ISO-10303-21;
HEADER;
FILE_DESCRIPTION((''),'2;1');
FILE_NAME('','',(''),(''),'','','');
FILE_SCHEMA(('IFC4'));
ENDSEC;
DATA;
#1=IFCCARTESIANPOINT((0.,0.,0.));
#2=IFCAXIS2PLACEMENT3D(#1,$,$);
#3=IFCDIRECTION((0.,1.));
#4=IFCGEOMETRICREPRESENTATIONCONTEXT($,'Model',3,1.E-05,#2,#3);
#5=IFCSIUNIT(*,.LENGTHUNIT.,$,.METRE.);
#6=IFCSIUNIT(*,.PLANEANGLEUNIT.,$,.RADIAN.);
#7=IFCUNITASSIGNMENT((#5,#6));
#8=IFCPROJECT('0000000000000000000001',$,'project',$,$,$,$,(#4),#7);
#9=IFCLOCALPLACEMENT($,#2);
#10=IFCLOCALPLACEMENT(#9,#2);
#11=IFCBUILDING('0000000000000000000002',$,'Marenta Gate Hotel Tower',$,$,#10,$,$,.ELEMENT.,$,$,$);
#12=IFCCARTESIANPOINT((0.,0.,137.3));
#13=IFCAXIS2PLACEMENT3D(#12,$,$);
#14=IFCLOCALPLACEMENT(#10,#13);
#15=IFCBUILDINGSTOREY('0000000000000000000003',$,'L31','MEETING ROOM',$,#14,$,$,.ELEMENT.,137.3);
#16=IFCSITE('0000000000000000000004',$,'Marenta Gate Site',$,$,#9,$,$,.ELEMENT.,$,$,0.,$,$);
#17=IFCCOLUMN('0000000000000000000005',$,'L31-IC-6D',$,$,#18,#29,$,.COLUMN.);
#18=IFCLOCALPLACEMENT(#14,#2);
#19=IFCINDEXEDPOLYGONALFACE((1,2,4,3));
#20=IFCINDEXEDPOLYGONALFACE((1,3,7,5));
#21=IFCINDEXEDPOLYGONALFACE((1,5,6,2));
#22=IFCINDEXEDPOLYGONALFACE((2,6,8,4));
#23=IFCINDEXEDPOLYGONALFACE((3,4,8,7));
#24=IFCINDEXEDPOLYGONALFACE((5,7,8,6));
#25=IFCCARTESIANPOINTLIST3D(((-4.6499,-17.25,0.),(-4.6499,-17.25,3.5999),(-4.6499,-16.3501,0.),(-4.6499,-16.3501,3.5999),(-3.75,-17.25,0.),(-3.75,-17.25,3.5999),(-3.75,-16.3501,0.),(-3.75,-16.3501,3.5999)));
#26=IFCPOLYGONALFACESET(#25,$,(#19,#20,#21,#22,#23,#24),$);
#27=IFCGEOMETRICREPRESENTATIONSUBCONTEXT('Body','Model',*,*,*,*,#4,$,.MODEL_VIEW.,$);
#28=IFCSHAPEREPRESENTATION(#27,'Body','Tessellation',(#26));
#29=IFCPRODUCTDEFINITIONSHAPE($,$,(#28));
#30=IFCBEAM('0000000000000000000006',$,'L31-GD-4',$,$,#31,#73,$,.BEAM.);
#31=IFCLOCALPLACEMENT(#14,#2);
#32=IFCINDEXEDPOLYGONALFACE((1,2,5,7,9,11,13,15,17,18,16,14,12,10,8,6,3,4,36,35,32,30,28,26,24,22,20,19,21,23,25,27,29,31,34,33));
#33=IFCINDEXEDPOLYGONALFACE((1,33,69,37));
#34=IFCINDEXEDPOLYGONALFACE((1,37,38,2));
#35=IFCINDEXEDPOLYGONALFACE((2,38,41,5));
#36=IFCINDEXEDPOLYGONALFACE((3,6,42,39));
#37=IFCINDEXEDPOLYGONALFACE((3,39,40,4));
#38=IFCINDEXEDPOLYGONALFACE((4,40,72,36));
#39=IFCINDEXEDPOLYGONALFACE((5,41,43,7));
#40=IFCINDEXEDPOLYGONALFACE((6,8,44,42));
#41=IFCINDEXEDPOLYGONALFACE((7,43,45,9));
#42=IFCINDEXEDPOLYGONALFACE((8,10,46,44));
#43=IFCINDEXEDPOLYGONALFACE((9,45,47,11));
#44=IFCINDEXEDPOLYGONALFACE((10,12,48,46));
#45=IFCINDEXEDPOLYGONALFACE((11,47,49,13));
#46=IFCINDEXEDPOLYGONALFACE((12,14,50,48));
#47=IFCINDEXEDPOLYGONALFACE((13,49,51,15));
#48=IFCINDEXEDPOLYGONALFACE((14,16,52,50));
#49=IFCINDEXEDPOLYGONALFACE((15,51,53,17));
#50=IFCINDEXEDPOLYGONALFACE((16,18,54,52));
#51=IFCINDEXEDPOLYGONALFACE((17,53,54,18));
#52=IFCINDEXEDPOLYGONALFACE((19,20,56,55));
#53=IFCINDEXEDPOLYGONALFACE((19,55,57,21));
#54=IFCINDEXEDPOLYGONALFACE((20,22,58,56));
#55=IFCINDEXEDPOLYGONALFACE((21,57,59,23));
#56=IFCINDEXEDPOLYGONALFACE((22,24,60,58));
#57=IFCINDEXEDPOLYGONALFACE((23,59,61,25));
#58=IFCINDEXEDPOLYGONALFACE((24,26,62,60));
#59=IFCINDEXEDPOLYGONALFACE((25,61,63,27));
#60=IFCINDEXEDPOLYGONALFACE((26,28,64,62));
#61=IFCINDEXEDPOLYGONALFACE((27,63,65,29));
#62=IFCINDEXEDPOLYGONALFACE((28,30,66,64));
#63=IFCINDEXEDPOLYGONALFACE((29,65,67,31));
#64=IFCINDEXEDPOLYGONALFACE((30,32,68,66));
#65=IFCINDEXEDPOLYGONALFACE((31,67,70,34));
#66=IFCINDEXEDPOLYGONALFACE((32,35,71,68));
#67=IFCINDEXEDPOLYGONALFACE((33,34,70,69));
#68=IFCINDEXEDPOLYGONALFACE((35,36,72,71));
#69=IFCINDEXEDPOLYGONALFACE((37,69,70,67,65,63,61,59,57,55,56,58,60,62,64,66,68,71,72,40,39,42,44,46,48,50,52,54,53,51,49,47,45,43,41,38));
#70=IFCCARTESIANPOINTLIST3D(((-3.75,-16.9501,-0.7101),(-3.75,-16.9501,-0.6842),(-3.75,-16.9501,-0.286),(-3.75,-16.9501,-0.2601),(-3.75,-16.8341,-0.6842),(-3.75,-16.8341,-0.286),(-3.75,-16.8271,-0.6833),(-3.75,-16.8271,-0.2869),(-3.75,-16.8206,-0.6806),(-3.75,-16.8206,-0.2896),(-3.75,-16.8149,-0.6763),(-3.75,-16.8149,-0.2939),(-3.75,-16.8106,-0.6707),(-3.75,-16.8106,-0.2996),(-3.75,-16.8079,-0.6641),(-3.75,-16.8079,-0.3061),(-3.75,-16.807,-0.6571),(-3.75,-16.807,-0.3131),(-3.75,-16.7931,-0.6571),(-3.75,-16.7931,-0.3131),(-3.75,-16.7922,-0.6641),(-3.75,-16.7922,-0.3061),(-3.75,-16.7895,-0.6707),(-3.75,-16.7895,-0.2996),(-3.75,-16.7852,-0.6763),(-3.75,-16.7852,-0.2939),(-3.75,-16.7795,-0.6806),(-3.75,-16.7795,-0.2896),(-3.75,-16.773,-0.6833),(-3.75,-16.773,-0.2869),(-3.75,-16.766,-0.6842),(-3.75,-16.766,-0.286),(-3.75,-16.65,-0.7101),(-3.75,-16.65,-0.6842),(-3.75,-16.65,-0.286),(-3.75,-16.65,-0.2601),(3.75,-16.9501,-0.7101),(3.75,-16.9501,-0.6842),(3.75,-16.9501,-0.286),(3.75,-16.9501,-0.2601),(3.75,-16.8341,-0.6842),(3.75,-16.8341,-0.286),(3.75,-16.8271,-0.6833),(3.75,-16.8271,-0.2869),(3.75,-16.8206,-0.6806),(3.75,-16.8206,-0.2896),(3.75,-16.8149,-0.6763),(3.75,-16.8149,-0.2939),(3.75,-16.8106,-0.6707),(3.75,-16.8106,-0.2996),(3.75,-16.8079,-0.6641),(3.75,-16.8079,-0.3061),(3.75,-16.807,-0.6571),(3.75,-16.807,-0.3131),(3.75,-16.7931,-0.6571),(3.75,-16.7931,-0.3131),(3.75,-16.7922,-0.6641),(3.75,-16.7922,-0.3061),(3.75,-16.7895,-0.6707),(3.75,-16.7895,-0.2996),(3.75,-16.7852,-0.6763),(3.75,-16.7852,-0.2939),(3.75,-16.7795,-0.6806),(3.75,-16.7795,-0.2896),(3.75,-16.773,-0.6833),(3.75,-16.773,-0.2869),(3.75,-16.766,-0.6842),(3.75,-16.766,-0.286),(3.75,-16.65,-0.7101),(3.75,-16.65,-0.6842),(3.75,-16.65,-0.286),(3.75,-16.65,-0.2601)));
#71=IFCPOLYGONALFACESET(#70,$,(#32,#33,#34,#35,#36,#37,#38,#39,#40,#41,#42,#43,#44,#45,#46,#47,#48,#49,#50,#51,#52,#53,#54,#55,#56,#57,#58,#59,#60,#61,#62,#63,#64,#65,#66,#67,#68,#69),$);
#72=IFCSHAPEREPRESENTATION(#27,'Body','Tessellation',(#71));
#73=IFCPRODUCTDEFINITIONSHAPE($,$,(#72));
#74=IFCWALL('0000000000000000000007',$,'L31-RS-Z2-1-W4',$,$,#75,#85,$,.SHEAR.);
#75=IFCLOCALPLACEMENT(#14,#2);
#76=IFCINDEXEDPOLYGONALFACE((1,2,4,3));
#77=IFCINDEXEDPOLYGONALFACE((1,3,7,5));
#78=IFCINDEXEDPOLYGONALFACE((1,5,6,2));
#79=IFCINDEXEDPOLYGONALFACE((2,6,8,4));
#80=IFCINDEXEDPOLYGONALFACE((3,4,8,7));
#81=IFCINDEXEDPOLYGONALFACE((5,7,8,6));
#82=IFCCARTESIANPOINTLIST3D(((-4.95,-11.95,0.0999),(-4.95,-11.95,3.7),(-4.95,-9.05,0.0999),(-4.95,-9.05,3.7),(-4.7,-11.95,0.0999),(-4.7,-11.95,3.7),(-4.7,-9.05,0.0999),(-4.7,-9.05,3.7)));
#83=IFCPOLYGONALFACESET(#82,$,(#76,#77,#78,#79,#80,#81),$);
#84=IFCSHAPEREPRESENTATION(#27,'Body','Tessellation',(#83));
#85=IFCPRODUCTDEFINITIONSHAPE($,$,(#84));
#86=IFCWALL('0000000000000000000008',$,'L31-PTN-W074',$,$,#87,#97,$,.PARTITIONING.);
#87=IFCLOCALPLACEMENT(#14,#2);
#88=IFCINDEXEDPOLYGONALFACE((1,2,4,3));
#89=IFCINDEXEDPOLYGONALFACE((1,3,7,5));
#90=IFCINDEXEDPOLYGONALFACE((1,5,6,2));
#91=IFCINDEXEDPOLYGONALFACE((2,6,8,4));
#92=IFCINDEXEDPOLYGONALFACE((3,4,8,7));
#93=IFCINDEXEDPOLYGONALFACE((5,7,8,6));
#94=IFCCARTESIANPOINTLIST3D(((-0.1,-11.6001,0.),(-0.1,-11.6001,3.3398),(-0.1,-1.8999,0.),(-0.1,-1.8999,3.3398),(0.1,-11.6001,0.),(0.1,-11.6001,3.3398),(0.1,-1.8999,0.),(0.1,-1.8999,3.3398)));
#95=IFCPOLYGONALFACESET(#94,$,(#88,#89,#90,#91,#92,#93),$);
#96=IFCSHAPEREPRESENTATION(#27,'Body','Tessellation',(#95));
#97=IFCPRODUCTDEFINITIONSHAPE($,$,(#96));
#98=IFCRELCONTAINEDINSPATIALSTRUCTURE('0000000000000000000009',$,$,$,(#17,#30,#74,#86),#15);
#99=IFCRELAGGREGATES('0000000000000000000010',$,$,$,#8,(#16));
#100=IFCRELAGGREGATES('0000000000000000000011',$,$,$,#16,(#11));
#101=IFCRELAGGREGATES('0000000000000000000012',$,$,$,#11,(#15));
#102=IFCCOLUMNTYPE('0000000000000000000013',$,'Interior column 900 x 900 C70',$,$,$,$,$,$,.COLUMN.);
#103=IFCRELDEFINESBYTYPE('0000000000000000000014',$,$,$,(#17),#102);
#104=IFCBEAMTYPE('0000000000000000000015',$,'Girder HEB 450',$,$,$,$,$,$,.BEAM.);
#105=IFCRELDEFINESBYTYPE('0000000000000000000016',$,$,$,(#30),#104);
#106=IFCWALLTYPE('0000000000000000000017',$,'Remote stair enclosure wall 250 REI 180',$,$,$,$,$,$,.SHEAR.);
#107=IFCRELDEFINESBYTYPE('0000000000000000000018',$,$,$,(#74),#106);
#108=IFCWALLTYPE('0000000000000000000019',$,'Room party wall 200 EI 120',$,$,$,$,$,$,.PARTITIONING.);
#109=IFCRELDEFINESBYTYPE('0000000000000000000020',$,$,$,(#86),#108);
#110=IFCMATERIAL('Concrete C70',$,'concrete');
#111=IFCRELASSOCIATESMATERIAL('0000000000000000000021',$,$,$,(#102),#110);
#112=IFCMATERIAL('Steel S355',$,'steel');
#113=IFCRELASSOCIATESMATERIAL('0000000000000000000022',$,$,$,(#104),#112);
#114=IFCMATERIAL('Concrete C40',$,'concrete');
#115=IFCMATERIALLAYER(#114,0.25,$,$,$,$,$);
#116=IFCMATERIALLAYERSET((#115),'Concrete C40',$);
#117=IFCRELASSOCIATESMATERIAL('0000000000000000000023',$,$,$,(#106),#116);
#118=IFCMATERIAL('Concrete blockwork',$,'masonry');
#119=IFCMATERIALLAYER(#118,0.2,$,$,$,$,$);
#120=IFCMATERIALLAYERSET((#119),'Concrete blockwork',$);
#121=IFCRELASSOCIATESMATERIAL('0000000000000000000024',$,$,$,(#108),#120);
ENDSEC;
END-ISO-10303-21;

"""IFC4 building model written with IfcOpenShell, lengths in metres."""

from ifc_helpers import new_model, si_unit, direction, frame, frame_2d, origin, origin_2d, place, context, subcontext, project, spatial, rectangle, i_section, extrude, material, layer, layer_set, material_profile, profile_set, type_object, element, save


model = new_model("IFC4")

# Units and contexts
model_context = context("Model", 3, precision=1e-05, world=origin(), true_north=direction((0.0, 1.0)))
body_context = subcontext(model_context, "Body", "Model", "MODEL_VIEW")
ifc_project = project(units=[si_unit("LENGTHUNIT", "METRE"), si_unit("PLANEANGLEUNIT", "RADIAN")], contexts=[model_context])

# Site, building, storey
site_placement = place(None, origin())
site = spatial("IfcSite", under=ifc_project, at=site_placement, Name="Marenta Gate Site", CompositionType="ELEMENT", RefElevation=0.0)
building_placement = place(site_placement, origin())
building = spatial("IfcBuilding", under=site, at=building_placement, Name="Marenta Gate Hotel Tower", CompositionType="ELEMENT")
storey_placement = place(building_placement, frame((0.0, 0.0, 137.3)))
storey = spatial("IfcBuildingStorey", under=building, at=storey_placement, Name="L31", Description="MEETING ROOM", CompositionType="ELEMENT", Elevation=137.3)

# Column
ifc_material_1 = material(Name="Concrete C70", Category="concrete")
ifc_material_profile_1 = material_profile(ifc_material_1, rectangle(XDim=0.8999, YDim=0.8999, at=origin_2d()), Name="900 x 900")
ifc_profile_set_1 = profile_set([ifc_material_profile_1], Name="Concrete C70")
column_type = type_object("IfcColumnType", Name="Interior column 900 x 900 C70", PredefinedType="COLUMN", material=ifc_profile_set_1)
column_placement = place(storey_placement, frame((-4.2, -16.8, 0.0), z_axis=(0.0, 0.0, 1.0), x_axis=(1.0, 0.0, 0.0)))
element("IfcColumn", 1, at=column_placement, inside=storey, type_object=column_type, Name="L31-IC-6D", PredefinedType="COLUMN", context=body_context, shape_type="SweptSolid", body=[
    extrude(rectangle(XDim=0.8999, YDim=0.8999, at=origin_2d()), origin(), (0.0, 0.0, 1.0), 3.5999),
])

# Beam
ifc_material_2 = material(Name="Steel S355", Category="steel")
ifc_material_profile_2 = material_profile(ifc_material_2, i_section(OverallWidth=0.3, OverallDepth=0.45, WebThickness=0.0139, FlangeThickness=0.0259, FilletRadius=0.0271, at=origin_2d()), Name="HEB 450")
ifc_profile_set_2 = profile_set([ifc_material_profile_2], Name="Steel S355")
beam_type = type_object("IfcBeamType", Name="Girder HEB 450", PredefinedType="BEAM", material=ifc_profile_set_2)
beam_placement = place(storey_placement, frame((-3.75, -16.8, -0.4851), z_axis=(1.0, 0.0, 0.0), x_axis=(0.0, 1.0, 0.0)))
element("IfcBeam", 2, at=beam_placement, inside=storey, type_object=beam_type, Name="L31-GD-4", PredefinedType="BEAM", context=body_context, shape_type="SweptSolid", body=[
    extrude(i_section(OverallWidth=0.3, OverallDepth=0.45, WebThickness=0.0139, FlangeThickness=0.0259, FilletRadius=0.0271, at=origin_2d()), origin(), (0.0, 0.0, 1.0), 7.5),
])

# Wall
ifc_material_3 = material(Name="Concrete C40", Category="concrete")
ifc_layer_1 = layer(ifc_material_3, 0.25)
ifc_layer_set_1 = layer_set([ifc_layer_1], Name="Concrete C40")
wall_type_1 = type_object("IfcWallType", Name="Remote stair enclosure wall 250 REI 180", PredefinedType="SHEAR", material=ifc_layer_set_1)
wall_1_placement = place(storey_placement, frame((-4.825, -11.95, 0.0999), z_axis=(0.0, 0.0, 1.0), x_axis=(0.0, 1.0, 0.0)))
element("IfcWall", 3, at=wall_1_placement, inside=storey, type_object=wall_type_1, Name="L31-RS-Z2-1-W4", PredefinedType="SHEAR", context=body_context, shape_type="SweptSolid", body=[
    extrude(rectangle(XDim=2.8999, YDim=0.25, at=frame_2d((1.45, 0.0))), origin(), (0.0, 0.0, 1.0), 3.6001),
])

# Wall
ifc_material_4 = material(Name="Concrete blockwork", Category="masonry")
ifc_layer_2 = layer(ifc_material_4, 0.2)
ifc_layer_set_2 = layer_set([ifc_layer_2], Name="Concrete blockwork")
wall_type_2 = type_object("IfcWallType", Name="Room party wall 200 EI 120", PredefinedType="PARTITIONING", material=ifc_layer_set_2)
wall_2_placement = place(storey_placement, frame((0.0, -11.6001, 0.0), z_axis=(0.0, 0.0, 1.0), x_axis=(0.0, 1.0, 0.0)))
element("IfcWall", 4, at=wall_2_placement, inside=storey, type_object=wall_type_2, Name="L31-PTN-W074", PredefinedType="PARTITIONING", context=body_context, shape_type="SweptSolid", body=[
    extrude(rectangle(XDim=9.7002, YDim=0.2, at=frame_2d((4.8501, 0.0))), origin(), (0.0, 0.0, 1.0), 3.3398),
])

save(model, "model.ifc")
